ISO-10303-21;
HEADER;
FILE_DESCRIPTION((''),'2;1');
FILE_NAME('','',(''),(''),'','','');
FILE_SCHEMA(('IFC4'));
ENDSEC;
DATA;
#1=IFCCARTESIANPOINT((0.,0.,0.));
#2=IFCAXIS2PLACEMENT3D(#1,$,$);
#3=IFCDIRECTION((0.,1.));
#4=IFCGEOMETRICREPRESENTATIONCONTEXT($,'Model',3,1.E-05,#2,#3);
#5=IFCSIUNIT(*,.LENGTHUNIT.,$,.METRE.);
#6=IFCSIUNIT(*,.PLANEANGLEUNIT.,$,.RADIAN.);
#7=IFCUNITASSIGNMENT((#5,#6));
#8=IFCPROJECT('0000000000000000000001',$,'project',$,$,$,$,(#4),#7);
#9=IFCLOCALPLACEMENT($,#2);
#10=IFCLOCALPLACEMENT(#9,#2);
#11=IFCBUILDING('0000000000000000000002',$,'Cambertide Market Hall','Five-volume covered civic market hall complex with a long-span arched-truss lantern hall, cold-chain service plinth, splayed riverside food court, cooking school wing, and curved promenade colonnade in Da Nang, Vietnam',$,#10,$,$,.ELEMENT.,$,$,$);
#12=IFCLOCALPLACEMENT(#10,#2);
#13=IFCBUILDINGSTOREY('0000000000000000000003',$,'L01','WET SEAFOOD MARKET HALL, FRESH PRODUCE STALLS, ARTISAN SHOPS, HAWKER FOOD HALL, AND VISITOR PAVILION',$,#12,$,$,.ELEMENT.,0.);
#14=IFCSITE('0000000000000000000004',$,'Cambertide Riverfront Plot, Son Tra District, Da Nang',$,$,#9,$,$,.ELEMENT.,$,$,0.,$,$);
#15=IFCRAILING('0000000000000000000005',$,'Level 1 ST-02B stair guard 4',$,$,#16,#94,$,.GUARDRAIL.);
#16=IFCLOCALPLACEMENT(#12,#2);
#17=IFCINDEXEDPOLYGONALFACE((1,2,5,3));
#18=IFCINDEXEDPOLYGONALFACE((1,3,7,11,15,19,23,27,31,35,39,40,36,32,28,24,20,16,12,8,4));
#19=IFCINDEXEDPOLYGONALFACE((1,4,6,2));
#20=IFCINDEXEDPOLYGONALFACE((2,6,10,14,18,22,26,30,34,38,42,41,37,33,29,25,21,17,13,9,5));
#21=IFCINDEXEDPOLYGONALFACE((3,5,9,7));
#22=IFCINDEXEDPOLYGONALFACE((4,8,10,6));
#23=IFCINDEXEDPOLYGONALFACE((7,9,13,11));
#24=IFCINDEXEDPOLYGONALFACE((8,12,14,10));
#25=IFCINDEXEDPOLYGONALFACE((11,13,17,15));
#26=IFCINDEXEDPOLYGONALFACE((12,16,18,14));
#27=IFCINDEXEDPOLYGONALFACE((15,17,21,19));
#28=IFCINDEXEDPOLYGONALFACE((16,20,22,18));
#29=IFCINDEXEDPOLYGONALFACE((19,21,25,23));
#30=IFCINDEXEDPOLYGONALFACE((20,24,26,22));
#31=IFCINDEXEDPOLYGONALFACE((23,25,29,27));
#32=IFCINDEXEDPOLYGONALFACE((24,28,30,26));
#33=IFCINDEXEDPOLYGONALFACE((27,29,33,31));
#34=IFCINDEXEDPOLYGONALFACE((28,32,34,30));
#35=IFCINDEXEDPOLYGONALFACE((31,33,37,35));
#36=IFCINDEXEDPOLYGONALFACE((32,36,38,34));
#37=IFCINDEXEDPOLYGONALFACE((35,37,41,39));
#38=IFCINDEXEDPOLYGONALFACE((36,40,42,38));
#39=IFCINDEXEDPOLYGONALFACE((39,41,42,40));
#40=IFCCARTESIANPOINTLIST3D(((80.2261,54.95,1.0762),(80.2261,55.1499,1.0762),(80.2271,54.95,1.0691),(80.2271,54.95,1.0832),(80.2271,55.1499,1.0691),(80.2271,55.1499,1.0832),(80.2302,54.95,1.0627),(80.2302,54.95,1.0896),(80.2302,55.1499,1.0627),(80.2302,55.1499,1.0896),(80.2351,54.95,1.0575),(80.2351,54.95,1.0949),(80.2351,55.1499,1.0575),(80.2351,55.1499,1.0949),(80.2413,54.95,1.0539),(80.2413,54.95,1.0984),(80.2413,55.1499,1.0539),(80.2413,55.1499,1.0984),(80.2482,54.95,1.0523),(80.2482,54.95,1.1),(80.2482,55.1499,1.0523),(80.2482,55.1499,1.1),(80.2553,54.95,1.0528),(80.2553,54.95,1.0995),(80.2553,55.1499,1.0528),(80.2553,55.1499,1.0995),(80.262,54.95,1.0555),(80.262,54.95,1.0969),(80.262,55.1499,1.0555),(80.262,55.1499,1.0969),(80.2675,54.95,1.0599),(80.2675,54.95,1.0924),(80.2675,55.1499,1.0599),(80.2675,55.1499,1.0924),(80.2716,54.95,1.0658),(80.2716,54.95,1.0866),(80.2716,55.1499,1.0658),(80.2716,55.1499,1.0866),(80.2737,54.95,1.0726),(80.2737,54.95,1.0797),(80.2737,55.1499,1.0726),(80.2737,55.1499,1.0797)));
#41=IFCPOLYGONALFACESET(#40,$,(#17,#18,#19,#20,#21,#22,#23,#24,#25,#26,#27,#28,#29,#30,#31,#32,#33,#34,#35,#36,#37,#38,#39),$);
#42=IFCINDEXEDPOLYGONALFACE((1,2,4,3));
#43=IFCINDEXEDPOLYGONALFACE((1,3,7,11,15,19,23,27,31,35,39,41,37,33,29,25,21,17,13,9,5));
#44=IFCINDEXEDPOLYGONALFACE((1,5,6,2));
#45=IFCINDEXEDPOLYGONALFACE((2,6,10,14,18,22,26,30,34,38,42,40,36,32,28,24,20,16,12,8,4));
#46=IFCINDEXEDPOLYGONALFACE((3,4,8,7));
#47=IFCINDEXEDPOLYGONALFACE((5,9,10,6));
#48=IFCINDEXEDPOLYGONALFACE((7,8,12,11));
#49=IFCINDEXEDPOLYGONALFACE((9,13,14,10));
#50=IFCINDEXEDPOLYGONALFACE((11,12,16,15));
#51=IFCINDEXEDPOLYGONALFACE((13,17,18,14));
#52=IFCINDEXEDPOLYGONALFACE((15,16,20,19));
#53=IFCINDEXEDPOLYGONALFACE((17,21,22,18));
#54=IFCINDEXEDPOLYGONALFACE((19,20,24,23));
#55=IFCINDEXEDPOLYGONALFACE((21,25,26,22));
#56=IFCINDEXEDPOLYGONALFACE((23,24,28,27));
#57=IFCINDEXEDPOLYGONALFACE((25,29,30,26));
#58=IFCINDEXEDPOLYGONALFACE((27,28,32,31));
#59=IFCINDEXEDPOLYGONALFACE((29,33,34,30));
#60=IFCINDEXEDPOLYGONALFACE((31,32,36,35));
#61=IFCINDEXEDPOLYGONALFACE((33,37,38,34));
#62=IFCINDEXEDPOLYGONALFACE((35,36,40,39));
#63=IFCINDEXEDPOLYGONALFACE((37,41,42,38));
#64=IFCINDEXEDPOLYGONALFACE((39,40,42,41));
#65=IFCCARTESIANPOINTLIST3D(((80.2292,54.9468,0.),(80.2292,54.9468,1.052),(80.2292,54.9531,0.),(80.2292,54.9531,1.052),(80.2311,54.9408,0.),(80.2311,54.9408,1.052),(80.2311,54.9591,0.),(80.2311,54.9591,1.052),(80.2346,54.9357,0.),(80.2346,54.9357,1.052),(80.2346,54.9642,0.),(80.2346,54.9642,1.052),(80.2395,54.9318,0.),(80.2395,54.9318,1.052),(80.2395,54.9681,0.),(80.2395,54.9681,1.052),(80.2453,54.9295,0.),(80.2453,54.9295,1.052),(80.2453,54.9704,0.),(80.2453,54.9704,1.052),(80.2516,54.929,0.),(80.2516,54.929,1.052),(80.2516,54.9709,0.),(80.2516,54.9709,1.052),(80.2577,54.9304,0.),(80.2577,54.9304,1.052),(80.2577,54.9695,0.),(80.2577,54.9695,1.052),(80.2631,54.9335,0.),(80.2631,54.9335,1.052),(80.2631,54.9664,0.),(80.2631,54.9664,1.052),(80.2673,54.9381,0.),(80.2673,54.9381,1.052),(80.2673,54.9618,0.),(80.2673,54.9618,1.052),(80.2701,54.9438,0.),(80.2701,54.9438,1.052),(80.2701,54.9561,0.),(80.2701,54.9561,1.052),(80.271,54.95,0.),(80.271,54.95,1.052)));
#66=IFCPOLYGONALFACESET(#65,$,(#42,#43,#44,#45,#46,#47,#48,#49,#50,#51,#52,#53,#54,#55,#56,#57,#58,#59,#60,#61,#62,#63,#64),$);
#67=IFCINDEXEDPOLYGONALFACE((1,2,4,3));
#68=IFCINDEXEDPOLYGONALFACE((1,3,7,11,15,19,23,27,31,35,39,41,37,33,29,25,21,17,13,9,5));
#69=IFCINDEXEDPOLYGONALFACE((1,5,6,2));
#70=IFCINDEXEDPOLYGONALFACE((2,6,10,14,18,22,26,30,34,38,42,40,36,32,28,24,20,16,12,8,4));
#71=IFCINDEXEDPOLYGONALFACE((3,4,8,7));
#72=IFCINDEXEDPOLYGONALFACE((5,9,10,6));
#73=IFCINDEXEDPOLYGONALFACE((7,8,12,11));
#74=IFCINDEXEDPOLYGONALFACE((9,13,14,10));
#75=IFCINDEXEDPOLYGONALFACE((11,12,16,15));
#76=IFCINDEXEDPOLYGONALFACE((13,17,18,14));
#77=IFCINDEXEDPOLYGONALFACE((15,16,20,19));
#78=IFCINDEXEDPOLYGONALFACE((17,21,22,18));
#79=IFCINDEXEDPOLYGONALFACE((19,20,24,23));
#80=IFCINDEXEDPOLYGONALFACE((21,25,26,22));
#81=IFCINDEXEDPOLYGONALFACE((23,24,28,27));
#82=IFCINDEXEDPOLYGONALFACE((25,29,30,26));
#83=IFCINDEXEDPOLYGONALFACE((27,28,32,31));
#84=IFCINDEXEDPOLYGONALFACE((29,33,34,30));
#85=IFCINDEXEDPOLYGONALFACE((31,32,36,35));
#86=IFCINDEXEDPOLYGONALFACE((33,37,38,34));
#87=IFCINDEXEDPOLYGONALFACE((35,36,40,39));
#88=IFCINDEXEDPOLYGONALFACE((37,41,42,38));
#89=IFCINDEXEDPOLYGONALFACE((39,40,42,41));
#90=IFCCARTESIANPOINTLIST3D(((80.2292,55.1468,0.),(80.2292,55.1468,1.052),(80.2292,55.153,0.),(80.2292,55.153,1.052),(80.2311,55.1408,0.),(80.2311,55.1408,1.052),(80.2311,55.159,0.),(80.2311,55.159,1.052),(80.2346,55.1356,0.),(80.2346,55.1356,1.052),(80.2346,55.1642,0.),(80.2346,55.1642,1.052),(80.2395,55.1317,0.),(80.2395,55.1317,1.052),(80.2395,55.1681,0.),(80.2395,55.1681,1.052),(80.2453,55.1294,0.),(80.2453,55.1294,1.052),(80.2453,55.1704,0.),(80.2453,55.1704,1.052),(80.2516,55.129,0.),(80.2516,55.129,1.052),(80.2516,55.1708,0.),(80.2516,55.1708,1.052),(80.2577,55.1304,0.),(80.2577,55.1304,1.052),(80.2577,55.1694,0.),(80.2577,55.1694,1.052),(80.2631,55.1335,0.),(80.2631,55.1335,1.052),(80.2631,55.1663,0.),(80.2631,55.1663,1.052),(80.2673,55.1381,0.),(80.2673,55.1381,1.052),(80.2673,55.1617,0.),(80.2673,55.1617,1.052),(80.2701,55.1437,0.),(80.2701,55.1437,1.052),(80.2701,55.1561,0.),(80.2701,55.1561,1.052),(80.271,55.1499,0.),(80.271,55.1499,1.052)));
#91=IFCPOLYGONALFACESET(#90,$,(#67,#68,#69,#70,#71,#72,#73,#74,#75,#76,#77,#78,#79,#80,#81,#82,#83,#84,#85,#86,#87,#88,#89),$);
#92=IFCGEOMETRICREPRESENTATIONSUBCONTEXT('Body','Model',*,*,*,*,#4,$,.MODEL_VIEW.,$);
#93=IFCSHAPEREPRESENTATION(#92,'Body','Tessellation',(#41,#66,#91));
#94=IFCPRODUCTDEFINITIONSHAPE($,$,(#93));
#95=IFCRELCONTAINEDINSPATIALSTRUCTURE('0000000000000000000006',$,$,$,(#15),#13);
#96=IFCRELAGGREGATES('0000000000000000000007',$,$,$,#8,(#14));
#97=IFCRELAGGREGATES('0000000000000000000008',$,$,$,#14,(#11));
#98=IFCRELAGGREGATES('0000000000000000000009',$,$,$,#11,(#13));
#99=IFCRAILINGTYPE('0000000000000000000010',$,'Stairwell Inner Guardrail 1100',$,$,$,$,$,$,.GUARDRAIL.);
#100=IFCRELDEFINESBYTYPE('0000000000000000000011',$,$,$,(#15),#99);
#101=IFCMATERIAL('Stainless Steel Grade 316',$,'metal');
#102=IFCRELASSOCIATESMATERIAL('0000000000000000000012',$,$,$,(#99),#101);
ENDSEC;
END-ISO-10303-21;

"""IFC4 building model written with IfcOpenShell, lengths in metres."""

from ifc_helpers import new_model, si_unit, direction, frame, origin, origin_2d, place, context, subcontext, project, spatial, circle, extrude, material, type_object, element, save


model = new_model("IFC4")

# Units and contexts
model_context = context("Model", 3, precision=1e-05, world=origin(), true_north=direction((0.0, 1.0)))
body_context = subcontext(model_context, "Body", "Model", "MODEL_VIEW")
ifc_project = project(units=[si_unit("LENGTHUNIT", "METRE"), si_unit("PLANEANGLEUNIT", "RADIAN")], contexts=[model_context])

# Site, building, storey
site_placement = place(None, origin())
site = spatial("IfcSite", under=ifc_project, at=site_placement, Name="Cambertide Riverfront Plot, Son Tra District, Da Nang", CompositionType="ELEMENT", RefElevation=0.0)
building_placement = place(site_placement, origin())
building = spatial("IfcBuilding", under=site, at=building_placement, Name="Cambertide Market Hall", Description="Five-volume covered civic market hall complex with a long-span arched-truss lantern hall, cold-chain service plinth, splayed riverside food court, cooking school wing, and curved promenade colonnade in Da Nang, Vietnam", CompositionType="ELEMENT")
storey_placement = place(building_placement, origin())
storey = spatial("IfcBuildingStorey", under=building, at=storey_placement, Name="L01", Description="WET SEAFOOD MARKET HALL, FRESH PRODUCE STALLS, ARTISAN SHOPS, HAWKER FOOD HALL, AND VISITOR PAVILION", CompositionType="ELEMENT", Elevation=0.0)

# Railing
ifc_material_1 = material(Name="Stainless Steel Grade 316", Category="metal")
railing_type_1 = type_object("IfcRailingType", Name="Stairwell Inner Guardrail 1100", PredefinedType="GUARDRAIL", material=ifc_material_1)
railing_1_placement = place(storey_placement, frame((80.25, 54.95, 0.0)))
element("IfcRailing", 1, at=railing_1_placement, inside=storey, type_object=railing_type_1, Name="Level 1 ST-02B stair guard 4", PredefinedType="GUARDRAIL", context=body_context, shape_type="SweptSolid", body=[
    extrude(circle(Radius=0.0239, at=origin_2d()), frame((0.0, 0.0, 1.0762), z_axis=(0.0, 1.0, 0.0), x_axis=(-1.0, 0.0, 0.0)), (0.0, 0.0, 1.0), 0.2),
    extrude(circle(Radius=0.021, at=origin_2d()), origin(), (0.0, 0.0, 1.0), 1.052),
    extrude(circle(Radius=0.021, at=origin_2d()), frame((0.0, 0.2, 0.0)), (0.0, 0.0, 1.0), 1.052),
])

save(model, "model.ifc")
